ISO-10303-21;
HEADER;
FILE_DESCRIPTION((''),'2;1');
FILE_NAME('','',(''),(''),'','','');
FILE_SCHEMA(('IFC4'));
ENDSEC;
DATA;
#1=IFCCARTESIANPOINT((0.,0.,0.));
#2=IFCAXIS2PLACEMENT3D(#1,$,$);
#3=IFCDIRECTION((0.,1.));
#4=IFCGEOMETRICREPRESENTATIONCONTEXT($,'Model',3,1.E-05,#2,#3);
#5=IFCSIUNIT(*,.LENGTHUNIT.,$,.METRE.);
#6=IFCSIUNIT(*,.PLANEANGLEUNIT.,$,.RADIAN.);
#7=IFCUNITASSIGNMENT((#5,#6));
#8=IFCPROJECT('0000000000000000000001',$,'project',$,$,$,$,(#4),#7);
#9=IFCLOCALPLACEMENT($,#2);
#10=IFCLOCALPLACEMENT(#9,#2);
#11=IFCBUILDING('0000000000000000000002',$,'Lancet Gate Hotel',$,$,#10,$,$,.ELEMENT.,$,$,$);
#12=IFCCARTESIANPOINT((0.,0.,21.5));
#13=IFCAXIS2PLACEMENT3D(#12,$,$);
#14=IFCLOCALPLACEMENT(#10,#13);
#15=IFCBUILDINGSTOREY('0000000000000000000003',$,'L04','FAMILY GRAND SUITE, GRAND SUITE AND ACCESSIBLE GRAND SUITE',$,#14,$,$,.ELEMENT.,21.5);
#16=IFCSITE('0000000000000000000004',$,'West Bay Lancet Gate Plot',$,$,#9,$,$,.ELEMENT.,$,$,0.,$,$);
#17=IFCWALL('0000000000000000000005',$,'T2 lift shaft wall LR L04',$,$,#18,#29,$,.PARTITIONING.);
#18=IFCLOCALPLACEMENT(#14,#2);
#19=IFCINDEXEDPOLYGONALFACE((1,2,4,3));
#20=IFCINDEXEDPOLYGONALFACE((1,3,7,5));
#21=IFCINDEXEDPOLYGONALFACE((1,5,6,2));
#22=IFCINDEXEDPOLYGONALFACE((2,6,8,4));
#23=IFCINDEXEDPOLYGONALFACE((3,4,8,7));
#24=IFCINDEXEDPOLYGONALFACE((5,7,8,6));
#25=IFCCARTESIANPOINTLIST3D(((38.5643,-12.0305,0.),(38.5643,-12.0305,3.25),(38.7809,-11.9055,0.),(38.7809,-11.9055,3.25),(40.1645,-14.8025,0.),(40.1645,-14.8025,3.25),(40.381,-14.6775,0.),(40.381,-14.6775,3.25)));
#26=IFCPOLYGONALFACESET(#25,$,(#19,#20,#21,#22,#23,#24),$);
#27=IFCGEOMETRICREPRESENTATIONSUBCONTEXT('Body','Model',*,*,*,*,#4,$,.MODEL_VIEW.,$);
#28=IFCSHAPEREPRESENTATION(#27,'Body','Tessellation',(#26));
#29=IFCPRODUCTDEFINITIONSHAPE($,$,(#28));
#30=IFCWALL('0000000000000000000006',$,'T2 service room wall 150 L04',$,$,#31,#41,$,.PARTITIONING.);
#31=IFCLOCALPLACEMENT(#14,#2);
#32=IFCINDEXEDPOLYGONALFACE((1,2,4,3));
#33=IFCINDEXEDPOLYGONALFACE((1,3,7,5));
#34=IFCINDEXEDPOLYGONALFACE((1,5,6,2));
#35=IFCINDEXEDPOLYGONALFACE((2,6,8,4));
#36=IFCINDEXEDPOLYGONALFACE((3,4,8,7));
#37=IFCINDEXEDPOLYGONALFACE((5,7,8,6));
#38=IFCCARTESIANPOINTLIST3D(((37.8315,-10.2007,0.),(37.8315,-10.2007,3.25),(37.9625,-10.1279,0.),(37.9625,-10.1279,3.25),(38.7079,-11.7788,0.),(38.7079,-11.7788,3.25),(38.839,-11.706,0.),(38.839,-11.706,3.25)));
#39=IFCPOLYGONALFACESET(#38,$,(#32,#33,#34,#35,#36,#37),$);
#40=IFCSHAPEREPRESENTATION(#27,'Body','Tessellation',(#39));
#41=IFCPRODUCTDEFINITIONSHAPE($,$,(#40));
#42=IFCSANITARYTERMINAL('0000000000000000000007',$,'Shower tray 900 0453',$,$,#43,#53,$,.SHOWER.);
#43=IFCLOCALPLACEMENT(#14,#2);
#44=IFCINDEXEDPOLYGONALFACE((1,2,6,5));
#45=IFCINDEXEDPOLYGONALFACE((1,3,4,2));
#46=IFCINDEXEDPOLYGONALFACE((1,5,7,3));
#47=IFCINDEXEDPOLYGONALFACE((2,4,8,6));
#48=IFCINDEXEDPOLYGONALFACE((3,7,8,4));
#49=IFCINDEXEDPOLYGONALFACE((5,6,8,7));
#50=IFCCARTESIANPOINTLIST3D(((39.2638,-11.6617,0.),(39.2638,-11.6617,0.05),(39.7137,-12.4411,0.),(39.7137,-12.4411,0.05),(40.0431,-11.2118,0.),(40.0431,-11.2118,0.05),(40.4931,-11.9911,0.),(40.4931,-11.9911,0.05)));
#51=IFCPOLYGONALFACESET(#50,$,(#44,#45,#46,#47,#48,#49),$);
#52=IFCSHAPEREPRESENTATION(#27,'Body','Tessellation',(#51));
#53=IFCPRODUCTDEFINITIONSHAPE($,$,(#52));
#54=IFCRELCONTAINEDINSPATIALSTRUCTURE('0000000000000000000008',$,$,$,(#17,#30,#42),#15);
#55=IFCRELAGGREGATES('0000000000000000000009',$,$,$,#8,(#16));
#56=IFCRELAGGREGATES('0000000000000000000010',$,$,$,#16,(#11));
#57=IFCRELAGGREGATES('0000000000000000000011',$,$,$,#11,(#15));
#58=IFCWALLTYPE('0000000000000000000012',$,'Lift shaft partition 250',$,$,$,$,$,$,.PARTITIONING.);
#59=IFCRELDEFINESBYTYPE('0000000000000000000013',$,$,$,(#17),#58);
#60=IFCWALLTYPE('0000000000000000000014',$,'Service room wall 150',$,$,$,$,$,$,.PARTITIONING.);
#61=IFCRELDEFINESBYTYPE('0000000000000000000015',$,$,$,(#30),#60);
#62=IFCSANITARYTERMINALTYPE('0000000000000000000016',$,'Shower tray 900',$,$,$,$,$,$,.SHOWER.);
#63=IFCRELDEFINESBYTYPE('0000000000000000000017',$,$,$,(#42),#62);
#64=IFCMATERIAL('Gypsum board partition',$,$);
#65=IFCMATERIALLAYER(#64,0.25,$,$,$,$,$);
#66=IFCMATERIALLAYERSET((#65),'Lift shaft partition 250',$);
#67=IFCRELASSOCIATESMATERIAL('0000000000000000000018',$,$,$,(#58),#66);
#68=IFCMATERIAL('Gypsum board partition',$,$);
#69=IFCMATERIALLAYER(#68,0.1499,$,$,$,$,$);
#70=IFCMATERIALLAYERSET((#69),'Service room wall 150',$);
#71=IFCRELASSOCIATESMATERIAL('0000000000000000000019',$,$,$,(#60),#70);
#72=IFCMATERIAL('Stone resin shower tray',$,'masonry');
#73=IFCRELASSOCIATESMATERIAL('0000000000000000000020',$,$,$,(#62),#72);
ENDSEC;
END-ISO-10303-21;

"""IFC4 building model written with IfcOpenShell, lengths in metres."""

from ifc_helpers import new_model, si_unit, direction, frame, frame_2d, origin, origin_2d, place, context, subcontext, project, spatial, rectangle, extrude, material, layer, layer_set, type_object, element, save


model = new_model("IFC4")

# Units and contexts
model_context = context("Model", 3, precision=1e-05, world=origin(), true_north=direction((0.0, 1.0)))
body_context = subcontext(model_context, "Body", "Model", "MODEL_VIEW")
ifc_project = project(units=[si_unit("LENGTHUNIT", "METRE"), si_unit("PLANEANGLEUNIT", "RADIAN")], contexts=[model_context])

# Site, building, storey
site_placement = place(None, origin())
site = spatial("IfcSite", under=ifc_project, at=site_placement, Name="West Bay Lancet Gate Plot", CompositionType="ELEMENT", RefElevation=0.0)
building_placement = place(site_placement, origin())
building = spatial("IfcBuilding", under=site, at=building_placement, Name="Lancet Gate Hotel", CompositionType="ELEMENT")
storey_placement = place(building_placement, frame((0.0, 0.0, 21.5)))
storey = spatial("IfcBuildingStorey", under=building, at=storey_placement, Name="L04", Description="FAMILY GRAND SUITE, GRAND SUITE AND ACCESSIBLE GRAND SUITE", CompositionType="ELEMENT", Elevation=21.5)

# Walls
ifc_material_1 = material(Name="Gypsum board partition")
ifc_layer_1 = layer(ifc_material_1, 0.25)
ifc_layer_set_1 = layer_set([ifc_layer_1], Name="Lift shaft partition 250")
wall_type_1 = type_object("IfcWallType", Name="Lift shaft partition 250", PredefinedType="PARTITIONING", material=ifc_layer_set_1)
wall_1_placement = place(storey_placement, frame((38.6726, -11.968, 0.0), z_axis=(0.0, 0.0, 1.0), x_axis=(0.499929, -0.866066, 0.0)))
element("IfcWall", 1, at=wall_1_placement, inside=storey, type_object=wall_type_1, Name="T2 lift shaft wall LR L04", PredefinedType="PARTITIONING", context=body_context, shape_type="SweptSolid", body=[
    extrude(rectangle(XDim=3.2007, YDim=0.25, at=frame_2d((1.6003, 0.0))), origin(), (0.0, 0.0, 1.0), 3.25),
])
ifc_material_2 = material(Name="Gypsum board partition")
ifc_layer_2 = layer(ifc_material_2, 0.1499)
ifc_layer_set_2 = layer_set([ifc_layer_2], Name="Service room wall 150")
wall_type_2 = type_object("IfcWallType", Name="Service room wall 150", PredefinedType="PARTITIONING", material=ifc_layer_set_2)
wall_2_placement = place(storey_placement, frame((38.7734, -11.7424, 0.0), z_axis=(0.0, 0.0, 1.0), x_axis=(-0.485528, 0.874221, 0.0)))
element("IfcWall", 2, at=wall_2_placement, inside=storey, type_object=wall_type_2, Name="T2 service room wall 150 L04", PredefinedType="PARTITIONING", context=body_context, shape_type="SweptSolid", body=[
    extrude(rectangle(XDim=1.8052, YDim=0.1499, at=frame_2d((0.9026, 0.0))), origin(), (0.0, 0.0, 1.0), 3.25),
])

# Sanitary terminal
ifc_material_3 = material(Name="Stone resin shower tray", Category="masonry")
sanitary_terminal_type = type_object("IfcSanitaryTerminalType", Name="Shower tray 900", PredefinedType="SHOWER", material=ifc_material_3)
sanitary_terminal_placement = place(storey_placement, frame((39.8784, -11.8264, 0.0), z_axis=(0.0, 0.0, 1.0), x_axis=(-0.866025, -0.5, 0.0)))
element("IfcSanitaryTerminal", 3, at=sanitary_terminal_placement, inside=storey, type_object=sanitary_terminal_type, Name="Shower tray 900 0453", PredefinedType="SHOWER", context=body_context, shape_type="SweptSolid", body=[
    extrude(rectangle(XDim=0.8999, YDim=0.8999, at=origin_2d()), origin(), (0.0, 0.0, 1.0), 0.05),
])

save(model, "model.ifc")
